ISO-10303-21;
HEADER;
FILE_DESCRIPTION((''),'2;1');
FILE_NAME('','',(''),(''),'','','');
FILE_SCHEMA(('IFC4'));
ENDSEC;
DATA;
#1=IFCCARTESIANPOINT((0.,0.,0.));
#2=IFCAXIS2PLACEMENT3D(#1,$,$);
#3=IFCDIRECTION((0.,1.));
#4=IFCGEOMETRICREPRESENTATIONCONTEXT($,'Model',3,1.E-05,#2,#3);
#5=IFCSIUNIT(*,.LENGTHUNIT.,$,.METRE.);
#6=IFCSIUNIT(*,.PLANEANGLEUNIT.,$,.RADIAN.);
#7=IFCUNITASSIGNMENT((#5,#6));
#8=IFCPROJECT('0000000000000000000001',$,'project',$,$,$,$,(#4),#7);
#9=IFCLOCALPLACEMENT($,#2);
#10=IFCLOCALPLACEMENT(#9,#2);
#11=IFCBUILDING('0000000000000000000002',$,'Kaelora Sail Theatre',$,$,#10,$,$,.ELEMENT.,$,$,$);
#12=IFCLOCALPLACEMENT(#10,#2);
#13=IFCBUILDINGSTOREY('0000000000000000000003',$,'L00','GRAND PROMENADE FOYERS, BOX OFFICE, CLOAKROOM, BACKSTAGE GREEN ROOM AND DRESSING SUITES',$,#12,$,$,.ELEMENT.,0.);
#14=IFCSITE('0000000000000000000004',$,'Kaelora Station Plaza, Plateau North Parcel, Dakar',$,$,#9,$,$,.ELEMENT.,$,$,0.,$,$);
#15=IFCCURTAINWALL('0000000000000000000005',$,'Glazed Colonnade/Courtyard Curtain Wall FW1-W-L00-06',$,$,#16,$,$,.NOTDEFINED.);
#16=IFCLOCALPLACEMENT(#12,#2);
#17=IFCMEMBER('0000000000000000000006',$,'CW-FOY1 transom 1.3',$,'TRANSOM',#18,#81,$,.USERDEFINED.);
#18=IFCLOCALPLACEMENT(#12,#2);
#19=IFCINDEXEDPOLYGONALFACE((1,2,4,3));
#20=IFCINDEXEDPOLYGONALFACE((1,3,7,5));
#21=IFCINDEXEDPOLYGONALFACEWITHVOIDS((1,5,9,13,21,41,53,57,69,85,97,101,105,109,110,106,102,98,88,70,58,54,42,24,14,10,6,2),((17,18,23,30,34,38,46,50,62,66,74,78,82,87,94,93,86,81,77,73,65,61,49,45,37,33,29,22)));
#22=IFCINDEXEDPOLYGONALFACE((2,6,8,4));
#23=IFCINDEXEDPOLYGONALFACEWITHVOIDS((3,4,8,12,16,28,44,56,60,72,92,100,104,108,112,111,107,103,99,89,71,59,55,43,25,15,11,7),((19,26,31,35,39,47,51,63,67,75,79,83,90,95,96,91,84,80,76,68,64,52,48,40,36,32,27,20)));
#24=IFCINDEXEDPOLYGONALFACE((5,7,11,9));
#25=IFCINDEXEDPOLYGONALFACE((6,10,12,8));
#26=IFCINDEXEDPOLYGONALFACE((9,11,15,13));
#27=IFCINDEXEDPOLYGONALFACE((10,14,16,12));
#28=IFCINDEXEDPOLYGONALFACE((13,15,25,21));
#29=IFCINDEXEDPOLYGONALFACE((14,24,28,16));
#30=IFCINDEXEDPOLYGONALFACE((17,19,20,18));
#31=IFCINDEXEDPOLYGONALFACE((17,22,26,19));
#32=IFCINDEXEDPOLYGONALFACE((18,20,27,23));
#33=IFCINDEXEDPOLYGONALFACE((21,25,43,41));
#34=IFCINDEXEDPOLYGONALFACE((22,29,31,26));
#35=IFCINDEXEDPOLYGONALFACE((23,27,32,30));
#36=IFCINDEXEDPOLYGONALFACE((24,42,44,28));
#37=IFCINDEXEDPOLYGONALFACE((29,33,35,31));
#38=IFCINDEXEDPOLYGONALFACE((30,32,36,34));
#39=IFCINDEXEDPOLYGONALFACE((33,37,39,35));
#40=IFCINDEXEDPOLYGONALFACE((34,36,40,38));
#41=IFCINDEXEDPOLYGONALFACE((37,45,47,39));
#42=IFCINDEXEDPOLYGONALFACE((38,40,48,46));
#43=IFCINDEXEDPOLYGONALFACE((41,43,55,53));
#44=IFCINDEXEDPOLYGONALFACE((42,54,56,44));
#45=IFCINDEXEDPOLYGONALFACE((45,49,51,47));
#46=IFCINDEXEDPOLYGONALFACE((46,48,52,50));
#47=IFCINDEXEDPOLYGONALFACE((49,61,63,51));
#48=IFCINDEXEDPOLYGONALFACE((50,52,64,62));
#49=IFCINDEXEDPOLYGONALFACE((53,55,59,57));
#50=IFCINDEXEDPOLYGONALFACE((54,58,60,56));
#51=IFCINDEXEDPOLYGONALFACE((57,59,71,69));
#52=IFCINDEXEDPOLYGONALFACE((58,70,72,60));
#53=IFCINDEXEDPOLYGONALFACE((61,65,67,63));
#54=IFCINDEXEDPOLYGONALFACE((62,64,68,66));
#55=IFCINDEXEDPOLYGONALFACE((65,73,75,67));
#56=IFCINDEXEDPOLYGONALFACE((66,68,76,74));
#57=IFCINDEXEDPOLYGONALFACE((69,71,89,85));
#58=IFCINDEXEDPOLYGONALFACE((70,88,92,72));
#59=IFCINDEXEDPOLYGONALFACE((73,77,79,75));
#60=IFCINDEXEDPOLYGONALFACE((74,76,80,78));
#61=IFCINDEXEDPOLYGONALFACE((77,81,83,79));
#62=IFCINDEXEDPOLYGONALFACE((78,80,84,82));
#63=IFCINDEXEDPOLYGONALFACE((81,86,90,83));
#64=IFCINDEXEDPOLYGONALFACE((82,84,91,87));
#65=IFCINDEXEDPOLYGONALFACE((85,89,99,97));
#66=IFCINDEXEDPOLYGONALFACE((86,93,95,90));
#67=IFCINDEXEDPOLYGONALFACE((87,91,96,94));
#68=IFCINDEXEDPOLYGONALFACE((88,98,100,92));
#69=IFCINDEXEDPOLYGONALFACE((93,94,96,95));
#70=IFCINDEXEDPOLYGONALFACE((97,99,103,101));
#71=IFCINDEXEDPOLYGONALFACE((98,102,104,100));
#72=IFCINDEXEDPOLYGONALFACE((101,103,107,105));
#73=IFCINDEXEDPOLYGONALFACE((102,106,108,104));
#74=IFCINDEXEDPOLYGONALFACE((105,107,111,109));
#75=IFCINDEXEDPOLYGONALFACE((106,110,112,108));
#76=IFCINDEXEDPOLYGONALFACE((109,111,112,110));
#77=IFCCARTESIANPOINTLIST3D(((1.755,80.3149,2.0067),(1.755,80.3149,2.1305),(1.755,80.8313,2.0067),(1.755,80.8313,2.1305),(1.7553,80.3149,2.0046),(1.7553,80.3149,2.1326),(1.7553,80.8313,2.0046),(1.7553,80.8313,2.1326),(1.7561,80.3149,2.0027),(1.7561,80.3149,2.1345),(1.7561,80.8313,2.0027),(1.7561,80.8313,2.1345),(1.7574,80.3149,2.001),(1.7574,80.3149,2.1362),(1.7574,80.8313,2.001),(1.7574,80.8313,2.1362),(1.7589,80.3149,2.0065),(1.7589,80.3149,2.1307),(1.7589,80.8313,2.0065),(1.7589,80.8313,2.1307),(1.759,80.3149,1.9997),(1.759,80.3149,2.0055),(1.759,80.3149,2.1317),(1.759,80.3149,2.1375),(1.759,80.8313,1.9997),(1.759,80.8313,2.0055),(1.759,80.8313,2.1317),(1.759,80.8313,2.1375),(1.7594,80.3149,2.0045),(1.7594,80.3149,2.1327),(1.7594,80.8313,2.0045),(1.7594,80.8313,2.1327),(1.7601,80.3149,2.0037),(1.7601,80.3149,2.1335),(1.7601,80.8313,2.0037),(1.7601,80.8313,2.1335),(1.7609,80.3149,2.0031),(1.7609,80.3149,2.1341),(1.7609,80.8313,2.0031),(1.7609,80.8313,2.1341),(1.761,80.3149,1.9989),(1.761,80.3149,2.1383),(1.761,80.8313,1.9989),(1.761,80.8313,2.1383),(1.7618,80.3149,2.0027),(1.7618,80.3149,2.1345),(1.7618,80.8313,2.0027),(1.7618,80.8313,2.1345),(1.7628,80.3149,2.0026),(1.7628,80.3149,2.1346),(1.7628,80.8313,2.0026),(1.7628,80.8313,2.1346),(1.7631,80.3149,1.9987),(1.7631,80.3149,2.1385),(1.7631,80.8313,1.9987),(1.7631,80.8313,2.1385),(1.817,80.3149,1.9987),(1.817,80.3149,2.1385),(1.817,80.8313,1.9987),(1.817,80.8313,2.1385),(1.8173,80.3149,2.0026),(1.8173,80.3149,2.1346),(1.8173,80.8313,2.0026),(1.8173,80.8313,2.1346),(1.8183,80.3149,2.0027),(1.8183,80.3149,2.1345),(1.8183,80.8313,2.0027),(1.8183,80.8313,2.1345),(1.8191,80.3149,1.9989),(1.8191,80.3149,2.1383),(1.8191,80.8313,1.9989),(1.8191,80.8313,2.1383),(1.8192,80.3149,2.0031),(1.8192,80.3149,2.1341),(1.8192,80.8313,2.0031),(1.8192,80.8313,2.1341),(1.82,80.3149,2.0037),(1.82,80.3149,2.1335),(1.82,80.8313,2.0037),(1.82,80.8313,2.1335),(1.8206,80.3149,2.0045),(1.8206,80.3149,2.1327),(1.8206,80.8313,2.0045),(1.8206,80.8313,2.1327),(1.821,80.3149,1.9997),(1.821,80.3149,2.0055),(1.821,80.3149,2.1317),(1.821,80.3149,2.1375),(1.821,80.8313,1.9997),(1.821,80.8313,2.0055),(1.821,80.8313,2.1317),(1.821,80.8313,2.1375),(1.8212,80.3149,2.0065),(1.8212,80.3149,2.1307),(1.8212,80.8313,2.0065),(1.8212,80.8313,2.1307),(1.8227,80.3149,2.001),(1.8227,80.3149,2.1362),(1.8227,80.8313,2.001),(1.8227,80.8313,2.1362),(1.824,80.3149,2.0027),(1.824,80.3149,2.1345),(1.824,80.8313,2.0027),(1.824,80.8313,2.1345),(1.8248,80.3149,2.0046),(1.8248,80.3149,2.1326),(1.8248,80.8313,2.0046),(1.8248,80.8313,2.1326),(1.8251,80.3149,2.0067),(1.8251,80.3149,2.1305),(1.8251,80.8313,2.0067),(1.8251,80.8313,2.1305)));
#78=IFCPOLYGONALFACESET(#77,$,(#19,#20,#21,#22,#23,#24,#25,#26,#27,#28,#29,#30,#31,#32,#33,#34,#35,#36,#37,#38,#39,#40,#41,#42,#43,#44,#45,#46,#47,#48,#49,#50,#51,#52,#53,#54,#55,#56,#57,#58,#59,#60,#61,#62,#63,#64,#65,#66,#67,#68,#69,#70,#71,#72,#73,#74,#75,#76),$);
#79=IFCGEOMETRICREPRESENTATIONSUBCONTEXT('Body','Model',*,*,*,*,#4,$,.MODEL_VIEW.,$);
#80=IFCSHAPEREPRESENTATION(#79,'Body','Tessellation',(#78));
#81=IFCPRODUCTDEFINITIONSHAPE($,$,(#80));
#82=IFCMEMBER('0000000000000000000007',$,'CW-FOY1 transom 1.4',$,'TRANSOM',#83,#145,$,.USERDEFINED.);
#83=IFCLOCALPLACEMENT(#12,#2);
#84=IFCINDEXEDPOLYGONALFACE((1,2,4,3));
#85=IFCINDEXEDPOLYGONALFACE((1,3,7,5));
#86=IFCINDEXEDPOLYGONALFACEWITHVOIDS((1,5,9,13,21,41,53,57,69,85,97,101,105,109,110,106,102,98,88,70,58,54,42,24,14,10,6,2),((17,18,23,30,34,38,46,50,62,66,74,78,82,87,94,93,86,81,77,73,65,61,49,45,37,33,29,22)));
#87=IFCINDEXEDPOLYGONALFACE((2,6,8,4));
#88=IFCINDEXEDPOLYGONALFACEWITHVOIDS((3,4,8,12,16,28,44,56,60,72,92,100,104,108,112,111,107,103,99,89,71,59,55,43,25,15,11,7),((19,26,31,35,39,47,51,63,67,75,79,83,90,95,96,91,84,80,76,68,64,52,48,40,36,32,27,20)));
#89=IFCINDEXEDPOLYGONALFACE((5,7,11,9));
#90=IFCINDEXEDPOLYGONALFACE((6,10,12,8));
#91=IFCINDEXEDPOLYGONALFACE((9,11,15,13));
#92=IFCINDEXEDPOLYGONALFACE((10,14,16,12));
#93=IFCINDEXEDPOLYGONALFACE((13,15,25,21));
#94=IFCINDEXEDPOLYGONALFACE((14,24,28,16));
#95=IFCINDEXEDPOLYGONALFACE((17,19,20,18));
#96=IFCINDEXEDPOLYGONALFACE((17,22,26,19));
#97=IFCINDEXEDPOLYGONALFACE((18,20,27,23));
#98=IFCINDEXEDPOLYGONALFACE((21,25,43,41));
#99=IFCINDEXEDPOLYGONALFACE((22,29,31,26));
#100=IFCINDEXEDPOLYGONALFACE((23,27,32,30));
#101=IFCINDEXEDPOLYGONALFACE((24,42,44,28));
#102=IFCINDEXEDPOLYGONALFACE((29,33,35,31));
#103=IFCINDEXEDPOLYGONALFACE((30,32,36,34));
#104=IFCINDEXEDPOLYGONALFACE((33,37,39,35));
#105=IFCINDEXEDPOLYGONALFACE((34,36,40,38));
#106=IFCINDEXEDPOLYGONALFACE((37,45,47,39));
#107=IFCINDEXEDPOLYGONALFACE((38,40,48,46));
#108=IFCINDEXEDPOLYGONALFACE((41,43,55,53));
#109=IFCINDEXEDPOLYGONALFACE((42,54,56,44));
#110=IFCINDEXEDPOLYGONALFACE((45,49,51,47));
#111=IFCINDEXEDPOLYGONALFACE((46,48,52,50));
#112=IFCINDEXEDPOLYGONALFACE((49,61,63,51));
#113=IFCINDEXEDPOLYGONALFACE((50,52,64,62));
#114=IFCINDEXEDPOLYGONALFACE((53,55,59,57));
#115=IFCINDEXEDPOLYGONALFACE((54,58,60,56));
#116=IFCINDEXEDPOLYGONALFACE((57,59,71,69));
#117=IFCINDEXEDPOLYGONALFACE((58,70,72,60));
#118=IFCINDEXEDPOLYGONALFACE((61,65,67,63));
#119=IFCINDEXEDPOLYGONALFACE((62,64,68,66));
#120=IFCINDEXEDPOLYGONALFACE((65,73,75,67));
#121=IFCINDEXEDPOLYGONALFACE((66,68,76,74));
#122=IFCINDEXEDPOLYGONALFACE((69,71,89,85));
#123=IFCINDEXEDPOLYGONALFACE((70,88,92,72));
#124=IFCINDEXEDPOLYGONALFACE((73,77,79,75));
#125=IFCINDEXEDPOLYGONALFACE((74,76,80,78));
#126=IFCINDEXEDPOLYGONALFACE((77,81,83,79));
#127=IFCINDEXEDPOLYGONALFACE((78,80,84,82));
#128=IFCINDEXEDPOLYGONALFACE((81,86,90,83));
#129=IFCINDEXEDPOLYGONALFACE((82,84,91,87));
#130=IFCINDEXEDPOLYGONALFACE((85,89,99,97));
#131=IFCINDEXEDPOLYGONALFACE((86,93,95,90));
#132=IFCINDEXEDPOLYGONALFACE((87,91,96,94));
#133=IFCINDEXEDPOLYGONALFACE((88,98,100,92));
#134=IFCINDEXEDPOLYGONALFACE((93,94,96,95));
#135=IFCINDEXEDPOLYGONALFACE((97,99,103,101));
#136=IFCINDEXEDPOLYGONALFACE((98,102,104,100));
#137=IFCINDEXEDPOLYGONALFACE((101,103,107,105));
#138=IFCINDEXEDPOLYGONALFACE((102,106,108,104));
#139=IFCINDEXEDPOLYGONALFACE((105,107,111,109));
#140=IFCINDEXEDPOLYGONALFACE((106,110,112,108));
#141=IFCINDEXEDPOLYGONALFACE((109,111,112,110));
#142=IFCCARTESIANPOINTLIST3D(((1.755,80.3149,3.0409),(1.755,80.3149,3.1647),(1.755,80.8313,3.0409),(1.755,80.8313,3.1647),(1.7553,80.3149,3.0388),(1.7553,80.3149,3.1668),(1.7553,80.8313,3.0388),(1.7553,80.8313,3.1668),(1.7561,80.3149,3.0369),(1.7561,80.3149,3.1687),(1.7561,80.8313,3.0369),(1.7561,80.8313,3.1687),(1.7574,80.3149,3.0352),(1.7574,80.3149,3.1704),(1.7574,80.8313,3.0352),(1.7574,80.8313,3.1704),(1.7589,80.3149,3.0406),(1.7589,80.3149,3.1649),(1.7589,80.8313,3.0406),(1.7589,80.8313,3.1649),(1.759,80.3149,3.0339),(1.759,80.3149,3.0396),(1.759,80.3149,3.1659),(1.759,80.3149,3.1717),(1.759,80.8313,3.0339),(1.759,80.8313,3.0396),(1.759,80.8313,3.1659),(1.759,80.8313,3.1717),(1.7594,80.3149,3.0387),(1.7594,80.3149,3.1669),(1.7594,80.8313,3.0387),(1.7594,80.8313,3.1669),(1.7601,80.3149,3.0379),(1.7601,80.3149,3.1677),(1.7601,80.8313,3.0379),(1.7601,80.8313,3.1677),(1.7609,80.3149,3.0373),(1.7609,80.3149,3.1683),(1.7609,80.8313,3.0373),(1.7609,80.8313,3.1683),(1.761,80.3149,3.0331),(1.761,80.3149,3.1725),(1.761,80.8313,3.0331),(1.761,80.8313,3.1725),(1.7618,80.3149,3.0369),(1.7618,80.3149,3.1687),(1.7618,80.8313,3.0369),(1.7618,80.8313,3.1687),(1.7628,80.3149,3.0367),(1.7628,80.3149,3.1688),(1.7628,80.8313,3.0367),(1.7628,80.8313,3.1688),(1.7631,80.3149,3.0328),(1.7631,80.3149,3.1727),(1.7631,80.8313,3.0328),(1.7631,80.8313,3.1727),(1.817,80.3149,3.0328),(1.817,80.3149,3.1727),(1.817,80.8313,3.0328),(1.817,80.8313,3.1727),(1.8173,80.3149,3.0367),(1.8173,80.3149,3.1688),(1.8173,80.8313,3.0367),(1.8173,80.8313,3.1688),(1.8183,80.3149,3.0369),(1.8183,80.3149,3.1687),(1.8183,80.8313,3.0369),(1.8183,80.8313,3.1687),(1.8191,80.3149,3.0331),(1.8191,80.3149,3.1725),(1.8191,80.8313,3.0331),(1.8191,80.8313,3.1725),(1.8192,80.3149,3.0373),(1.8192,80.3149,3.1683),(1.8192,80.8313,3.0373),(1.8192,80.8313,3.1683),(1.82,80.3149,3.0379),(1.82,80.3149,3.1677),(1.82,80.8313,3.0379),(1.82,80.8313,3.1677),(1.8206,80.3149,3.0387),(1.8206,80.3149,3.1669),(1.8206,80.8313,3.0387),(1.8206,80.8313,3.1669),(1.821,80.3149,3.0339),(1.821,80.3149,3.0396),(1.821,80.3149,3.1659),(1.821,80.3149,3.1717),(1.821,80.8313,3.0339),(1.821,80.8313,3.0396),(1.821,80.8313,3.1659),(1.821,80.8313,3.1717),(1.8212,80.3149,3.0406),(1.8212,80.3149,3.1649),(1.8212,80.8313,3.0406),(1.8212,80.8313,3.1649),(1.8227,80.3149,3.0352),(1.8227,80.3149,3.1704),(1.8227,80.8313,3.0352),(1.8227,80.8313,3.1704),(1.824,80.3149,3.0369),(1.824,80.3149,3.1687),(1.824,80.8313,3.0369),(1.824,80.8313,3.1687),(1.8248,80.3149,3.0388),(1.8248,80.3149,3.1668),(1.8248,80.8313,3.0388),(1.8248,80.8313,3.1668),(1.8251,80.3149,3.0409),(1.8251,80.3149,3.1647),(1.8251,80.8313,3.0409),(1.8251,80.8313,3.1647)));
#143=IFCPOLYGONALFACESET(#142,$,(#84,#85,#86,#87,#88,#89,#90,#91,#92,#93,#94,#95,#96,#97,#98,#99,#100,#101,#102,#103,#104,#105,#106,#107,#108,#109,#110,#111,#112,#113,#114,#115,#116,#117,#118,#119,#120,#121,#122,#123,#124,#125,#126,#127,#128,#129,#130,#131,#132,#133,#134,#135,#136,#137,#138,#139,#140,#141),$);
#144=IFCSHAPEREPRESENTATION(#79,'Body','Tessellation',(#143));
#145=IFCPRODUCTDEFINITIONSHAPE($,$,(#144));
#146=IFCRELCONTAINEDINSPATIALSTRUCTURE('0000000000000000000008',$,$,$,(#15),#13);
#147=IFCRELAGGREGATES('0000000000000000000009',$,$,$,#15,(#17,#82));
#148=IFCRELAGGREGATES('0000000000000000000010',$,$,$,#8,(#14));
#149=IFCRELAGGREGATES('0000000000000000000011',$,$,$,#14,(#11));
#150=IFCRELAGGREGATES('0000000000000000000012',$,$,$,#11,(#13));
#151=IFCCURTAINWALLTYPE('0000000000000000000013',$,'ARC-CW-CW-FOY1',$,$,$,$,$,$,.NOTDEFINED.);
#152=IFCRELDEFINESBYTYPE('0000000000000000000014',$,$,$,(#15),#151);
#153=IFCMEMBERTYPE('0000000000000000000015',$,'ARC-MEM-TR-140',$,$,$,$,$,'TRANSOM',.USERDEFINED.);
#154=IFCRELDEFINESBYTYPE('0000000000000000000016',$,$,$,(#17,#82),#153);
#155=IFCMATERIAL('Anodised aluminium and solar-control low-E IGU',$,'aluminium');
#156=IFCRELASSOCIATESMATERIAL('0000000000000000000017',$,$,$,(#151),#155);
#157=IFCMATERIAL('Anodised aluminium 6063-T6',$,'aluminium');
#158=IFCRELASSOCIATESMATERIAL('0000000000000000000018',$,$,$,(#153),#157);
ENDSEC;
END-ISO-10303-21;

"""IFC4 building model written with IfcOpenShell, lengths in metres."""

from ifc_helpers import new_model, si_unit, direction, frame, origin, origin_2d, place, context, subcontext, project, spatial, hollow_rectangle, extrude, material, material_profile, profile_set, type_object, element, aggregate, save


model = new_model("IFC4")

# Units and contexts
model_context = context("Model", 3, precision=1e-05, world=origin(), true_north=direction((0.0, 1.0)))
body_context = subcontext(model_context, "Body", "Model", "MODEL_VIEW")
ifc_project = project(units=[si_unit("LENGTHUNIT", "METRE"), si_unit("PLANEANGLEUNIT", "RADIAN")], contexts=[model_context])

# Site, building, storey
site_placement = place(None, origin())
site = spatial("IfcSite", under=ifc_project, at=site_placement, Name="Kaelora Station Plaza, Plateau North Parcel, Dakar", CompositionType="ELEMENT", RefElevation=0.0)
building_placement = place(site_placement, origin())
building = spatial("IfcBuilding", under=site, at=building_placement, Name="Kaelora Sail Theatre", CompositionType="ELEMENT")
storey_placement = place(building_placement, origin())
storey = spatial("IfcBuildingStorey", under=building, at=storey_placement, Name="L00", Description="GRAND PROMENADE FOYERS, BOX OFFICE, CLOAKROOM, BACKSTAGE GREEN ROOM AND DRESSING SUITES", CompositionType="ELEMENT", Elevation=0.0)

# Curtain wall, members
ifc_material_1 = material(Name="Anodised aluminium and solar-control low-E IGU", Category="aluminium")
curtain_wall_type = type_object("IfcCurtainWallType", Name="ARC-CW-CW-FOY1", PredefinedType="NOTDEFINED", material=ifc_material_1)
curtain_wall_placement = place(storey_placement, origin())
curtain_wall = element("IfcCurtainWall", 1, at=curtain_wall_placement, inside=storey, type_object=curtain_wall_type, Name="Glazed Colonnade/Courtyard Curtain Wall FW1-W-L00-06", PredefinedType="NOTDEFINED")
ifc_material_2 = material(Name="Anodised aluminium 6063-T6", Category="aluminium")
ifc_material_profile_1 = material_profile(ifc_material_2, hollow_rectangle(XDim=0.0701, YDim=0.1399, WallThickness=0.0039, InnerFilletRadius=0.0039, OuterFilletRadius=0.0081, at=origin_2d()), Name="ALU-TRAN 70x140x4")
ifc_profile_set_1 = profile_set([ifc_material_profile_1], Name="Anodised aluminium 6063-T6")
member_type_1 = type_object("IfcMemberType", Name="ARC-MEM-TR-140", ElementType="TRANSOM", PredefinedType="USERDEFINED", material=ifc_profile_set_1)
member_1_placement = place(storey_placement, frame((1.79, 80.3149, 2.0686), z_axis=(0.0, 1.0, 0.0), x_axis=(-1.0, 0.0, 0.0)))
member_1 = element("IfcMember", 2, at=member_1_placement, type_object=member_type_1, Name="CW-FOY1 transom 1.3", ObjectType="TRANSOM", PredefinedType="USERDEFINED", context=body_context, shape_type="SweptSolid", body=[
    extrude(hollow_rectangle(XDim=0.0701, YDim=0.1399, WallThickness=0.0039, InnerFilletRadius=0.0039, OuterFilletRadius=0.0081, at=origin_2d()), origin(), (0.0, 0.0, 1.0), 0.5164),
])
member_2_placement = place(storey_placement, frame((1.79, 80.3149, 3.1028), z_axis=(0.0, 1.0, 0.0), x_axis=(-1.0, 0.0, 0.0)))
member_2 = element("IfcMember", 3, at=member_2_placement, type_object=member_type_1, Name="CW-FOY1 transom 1.4", ObjectType="TRANSOM", PredefinedType="USERDEFINED", context=body_context, shape_type="SweptSolid", body=[
    extrude(hollow_rectangle(XDim=0.0701, YDim=0.1399, WallThickness=0.0039, InnerFilletRadius=0.0039, OuterFilletRadius=0.0081, at=origin_2d()), origin(), (0.0, 0.0, 1.0), 0.5164),
])
aggregate(curtain_wall, [member_1, member_2])

save(model, "model.ifc")
